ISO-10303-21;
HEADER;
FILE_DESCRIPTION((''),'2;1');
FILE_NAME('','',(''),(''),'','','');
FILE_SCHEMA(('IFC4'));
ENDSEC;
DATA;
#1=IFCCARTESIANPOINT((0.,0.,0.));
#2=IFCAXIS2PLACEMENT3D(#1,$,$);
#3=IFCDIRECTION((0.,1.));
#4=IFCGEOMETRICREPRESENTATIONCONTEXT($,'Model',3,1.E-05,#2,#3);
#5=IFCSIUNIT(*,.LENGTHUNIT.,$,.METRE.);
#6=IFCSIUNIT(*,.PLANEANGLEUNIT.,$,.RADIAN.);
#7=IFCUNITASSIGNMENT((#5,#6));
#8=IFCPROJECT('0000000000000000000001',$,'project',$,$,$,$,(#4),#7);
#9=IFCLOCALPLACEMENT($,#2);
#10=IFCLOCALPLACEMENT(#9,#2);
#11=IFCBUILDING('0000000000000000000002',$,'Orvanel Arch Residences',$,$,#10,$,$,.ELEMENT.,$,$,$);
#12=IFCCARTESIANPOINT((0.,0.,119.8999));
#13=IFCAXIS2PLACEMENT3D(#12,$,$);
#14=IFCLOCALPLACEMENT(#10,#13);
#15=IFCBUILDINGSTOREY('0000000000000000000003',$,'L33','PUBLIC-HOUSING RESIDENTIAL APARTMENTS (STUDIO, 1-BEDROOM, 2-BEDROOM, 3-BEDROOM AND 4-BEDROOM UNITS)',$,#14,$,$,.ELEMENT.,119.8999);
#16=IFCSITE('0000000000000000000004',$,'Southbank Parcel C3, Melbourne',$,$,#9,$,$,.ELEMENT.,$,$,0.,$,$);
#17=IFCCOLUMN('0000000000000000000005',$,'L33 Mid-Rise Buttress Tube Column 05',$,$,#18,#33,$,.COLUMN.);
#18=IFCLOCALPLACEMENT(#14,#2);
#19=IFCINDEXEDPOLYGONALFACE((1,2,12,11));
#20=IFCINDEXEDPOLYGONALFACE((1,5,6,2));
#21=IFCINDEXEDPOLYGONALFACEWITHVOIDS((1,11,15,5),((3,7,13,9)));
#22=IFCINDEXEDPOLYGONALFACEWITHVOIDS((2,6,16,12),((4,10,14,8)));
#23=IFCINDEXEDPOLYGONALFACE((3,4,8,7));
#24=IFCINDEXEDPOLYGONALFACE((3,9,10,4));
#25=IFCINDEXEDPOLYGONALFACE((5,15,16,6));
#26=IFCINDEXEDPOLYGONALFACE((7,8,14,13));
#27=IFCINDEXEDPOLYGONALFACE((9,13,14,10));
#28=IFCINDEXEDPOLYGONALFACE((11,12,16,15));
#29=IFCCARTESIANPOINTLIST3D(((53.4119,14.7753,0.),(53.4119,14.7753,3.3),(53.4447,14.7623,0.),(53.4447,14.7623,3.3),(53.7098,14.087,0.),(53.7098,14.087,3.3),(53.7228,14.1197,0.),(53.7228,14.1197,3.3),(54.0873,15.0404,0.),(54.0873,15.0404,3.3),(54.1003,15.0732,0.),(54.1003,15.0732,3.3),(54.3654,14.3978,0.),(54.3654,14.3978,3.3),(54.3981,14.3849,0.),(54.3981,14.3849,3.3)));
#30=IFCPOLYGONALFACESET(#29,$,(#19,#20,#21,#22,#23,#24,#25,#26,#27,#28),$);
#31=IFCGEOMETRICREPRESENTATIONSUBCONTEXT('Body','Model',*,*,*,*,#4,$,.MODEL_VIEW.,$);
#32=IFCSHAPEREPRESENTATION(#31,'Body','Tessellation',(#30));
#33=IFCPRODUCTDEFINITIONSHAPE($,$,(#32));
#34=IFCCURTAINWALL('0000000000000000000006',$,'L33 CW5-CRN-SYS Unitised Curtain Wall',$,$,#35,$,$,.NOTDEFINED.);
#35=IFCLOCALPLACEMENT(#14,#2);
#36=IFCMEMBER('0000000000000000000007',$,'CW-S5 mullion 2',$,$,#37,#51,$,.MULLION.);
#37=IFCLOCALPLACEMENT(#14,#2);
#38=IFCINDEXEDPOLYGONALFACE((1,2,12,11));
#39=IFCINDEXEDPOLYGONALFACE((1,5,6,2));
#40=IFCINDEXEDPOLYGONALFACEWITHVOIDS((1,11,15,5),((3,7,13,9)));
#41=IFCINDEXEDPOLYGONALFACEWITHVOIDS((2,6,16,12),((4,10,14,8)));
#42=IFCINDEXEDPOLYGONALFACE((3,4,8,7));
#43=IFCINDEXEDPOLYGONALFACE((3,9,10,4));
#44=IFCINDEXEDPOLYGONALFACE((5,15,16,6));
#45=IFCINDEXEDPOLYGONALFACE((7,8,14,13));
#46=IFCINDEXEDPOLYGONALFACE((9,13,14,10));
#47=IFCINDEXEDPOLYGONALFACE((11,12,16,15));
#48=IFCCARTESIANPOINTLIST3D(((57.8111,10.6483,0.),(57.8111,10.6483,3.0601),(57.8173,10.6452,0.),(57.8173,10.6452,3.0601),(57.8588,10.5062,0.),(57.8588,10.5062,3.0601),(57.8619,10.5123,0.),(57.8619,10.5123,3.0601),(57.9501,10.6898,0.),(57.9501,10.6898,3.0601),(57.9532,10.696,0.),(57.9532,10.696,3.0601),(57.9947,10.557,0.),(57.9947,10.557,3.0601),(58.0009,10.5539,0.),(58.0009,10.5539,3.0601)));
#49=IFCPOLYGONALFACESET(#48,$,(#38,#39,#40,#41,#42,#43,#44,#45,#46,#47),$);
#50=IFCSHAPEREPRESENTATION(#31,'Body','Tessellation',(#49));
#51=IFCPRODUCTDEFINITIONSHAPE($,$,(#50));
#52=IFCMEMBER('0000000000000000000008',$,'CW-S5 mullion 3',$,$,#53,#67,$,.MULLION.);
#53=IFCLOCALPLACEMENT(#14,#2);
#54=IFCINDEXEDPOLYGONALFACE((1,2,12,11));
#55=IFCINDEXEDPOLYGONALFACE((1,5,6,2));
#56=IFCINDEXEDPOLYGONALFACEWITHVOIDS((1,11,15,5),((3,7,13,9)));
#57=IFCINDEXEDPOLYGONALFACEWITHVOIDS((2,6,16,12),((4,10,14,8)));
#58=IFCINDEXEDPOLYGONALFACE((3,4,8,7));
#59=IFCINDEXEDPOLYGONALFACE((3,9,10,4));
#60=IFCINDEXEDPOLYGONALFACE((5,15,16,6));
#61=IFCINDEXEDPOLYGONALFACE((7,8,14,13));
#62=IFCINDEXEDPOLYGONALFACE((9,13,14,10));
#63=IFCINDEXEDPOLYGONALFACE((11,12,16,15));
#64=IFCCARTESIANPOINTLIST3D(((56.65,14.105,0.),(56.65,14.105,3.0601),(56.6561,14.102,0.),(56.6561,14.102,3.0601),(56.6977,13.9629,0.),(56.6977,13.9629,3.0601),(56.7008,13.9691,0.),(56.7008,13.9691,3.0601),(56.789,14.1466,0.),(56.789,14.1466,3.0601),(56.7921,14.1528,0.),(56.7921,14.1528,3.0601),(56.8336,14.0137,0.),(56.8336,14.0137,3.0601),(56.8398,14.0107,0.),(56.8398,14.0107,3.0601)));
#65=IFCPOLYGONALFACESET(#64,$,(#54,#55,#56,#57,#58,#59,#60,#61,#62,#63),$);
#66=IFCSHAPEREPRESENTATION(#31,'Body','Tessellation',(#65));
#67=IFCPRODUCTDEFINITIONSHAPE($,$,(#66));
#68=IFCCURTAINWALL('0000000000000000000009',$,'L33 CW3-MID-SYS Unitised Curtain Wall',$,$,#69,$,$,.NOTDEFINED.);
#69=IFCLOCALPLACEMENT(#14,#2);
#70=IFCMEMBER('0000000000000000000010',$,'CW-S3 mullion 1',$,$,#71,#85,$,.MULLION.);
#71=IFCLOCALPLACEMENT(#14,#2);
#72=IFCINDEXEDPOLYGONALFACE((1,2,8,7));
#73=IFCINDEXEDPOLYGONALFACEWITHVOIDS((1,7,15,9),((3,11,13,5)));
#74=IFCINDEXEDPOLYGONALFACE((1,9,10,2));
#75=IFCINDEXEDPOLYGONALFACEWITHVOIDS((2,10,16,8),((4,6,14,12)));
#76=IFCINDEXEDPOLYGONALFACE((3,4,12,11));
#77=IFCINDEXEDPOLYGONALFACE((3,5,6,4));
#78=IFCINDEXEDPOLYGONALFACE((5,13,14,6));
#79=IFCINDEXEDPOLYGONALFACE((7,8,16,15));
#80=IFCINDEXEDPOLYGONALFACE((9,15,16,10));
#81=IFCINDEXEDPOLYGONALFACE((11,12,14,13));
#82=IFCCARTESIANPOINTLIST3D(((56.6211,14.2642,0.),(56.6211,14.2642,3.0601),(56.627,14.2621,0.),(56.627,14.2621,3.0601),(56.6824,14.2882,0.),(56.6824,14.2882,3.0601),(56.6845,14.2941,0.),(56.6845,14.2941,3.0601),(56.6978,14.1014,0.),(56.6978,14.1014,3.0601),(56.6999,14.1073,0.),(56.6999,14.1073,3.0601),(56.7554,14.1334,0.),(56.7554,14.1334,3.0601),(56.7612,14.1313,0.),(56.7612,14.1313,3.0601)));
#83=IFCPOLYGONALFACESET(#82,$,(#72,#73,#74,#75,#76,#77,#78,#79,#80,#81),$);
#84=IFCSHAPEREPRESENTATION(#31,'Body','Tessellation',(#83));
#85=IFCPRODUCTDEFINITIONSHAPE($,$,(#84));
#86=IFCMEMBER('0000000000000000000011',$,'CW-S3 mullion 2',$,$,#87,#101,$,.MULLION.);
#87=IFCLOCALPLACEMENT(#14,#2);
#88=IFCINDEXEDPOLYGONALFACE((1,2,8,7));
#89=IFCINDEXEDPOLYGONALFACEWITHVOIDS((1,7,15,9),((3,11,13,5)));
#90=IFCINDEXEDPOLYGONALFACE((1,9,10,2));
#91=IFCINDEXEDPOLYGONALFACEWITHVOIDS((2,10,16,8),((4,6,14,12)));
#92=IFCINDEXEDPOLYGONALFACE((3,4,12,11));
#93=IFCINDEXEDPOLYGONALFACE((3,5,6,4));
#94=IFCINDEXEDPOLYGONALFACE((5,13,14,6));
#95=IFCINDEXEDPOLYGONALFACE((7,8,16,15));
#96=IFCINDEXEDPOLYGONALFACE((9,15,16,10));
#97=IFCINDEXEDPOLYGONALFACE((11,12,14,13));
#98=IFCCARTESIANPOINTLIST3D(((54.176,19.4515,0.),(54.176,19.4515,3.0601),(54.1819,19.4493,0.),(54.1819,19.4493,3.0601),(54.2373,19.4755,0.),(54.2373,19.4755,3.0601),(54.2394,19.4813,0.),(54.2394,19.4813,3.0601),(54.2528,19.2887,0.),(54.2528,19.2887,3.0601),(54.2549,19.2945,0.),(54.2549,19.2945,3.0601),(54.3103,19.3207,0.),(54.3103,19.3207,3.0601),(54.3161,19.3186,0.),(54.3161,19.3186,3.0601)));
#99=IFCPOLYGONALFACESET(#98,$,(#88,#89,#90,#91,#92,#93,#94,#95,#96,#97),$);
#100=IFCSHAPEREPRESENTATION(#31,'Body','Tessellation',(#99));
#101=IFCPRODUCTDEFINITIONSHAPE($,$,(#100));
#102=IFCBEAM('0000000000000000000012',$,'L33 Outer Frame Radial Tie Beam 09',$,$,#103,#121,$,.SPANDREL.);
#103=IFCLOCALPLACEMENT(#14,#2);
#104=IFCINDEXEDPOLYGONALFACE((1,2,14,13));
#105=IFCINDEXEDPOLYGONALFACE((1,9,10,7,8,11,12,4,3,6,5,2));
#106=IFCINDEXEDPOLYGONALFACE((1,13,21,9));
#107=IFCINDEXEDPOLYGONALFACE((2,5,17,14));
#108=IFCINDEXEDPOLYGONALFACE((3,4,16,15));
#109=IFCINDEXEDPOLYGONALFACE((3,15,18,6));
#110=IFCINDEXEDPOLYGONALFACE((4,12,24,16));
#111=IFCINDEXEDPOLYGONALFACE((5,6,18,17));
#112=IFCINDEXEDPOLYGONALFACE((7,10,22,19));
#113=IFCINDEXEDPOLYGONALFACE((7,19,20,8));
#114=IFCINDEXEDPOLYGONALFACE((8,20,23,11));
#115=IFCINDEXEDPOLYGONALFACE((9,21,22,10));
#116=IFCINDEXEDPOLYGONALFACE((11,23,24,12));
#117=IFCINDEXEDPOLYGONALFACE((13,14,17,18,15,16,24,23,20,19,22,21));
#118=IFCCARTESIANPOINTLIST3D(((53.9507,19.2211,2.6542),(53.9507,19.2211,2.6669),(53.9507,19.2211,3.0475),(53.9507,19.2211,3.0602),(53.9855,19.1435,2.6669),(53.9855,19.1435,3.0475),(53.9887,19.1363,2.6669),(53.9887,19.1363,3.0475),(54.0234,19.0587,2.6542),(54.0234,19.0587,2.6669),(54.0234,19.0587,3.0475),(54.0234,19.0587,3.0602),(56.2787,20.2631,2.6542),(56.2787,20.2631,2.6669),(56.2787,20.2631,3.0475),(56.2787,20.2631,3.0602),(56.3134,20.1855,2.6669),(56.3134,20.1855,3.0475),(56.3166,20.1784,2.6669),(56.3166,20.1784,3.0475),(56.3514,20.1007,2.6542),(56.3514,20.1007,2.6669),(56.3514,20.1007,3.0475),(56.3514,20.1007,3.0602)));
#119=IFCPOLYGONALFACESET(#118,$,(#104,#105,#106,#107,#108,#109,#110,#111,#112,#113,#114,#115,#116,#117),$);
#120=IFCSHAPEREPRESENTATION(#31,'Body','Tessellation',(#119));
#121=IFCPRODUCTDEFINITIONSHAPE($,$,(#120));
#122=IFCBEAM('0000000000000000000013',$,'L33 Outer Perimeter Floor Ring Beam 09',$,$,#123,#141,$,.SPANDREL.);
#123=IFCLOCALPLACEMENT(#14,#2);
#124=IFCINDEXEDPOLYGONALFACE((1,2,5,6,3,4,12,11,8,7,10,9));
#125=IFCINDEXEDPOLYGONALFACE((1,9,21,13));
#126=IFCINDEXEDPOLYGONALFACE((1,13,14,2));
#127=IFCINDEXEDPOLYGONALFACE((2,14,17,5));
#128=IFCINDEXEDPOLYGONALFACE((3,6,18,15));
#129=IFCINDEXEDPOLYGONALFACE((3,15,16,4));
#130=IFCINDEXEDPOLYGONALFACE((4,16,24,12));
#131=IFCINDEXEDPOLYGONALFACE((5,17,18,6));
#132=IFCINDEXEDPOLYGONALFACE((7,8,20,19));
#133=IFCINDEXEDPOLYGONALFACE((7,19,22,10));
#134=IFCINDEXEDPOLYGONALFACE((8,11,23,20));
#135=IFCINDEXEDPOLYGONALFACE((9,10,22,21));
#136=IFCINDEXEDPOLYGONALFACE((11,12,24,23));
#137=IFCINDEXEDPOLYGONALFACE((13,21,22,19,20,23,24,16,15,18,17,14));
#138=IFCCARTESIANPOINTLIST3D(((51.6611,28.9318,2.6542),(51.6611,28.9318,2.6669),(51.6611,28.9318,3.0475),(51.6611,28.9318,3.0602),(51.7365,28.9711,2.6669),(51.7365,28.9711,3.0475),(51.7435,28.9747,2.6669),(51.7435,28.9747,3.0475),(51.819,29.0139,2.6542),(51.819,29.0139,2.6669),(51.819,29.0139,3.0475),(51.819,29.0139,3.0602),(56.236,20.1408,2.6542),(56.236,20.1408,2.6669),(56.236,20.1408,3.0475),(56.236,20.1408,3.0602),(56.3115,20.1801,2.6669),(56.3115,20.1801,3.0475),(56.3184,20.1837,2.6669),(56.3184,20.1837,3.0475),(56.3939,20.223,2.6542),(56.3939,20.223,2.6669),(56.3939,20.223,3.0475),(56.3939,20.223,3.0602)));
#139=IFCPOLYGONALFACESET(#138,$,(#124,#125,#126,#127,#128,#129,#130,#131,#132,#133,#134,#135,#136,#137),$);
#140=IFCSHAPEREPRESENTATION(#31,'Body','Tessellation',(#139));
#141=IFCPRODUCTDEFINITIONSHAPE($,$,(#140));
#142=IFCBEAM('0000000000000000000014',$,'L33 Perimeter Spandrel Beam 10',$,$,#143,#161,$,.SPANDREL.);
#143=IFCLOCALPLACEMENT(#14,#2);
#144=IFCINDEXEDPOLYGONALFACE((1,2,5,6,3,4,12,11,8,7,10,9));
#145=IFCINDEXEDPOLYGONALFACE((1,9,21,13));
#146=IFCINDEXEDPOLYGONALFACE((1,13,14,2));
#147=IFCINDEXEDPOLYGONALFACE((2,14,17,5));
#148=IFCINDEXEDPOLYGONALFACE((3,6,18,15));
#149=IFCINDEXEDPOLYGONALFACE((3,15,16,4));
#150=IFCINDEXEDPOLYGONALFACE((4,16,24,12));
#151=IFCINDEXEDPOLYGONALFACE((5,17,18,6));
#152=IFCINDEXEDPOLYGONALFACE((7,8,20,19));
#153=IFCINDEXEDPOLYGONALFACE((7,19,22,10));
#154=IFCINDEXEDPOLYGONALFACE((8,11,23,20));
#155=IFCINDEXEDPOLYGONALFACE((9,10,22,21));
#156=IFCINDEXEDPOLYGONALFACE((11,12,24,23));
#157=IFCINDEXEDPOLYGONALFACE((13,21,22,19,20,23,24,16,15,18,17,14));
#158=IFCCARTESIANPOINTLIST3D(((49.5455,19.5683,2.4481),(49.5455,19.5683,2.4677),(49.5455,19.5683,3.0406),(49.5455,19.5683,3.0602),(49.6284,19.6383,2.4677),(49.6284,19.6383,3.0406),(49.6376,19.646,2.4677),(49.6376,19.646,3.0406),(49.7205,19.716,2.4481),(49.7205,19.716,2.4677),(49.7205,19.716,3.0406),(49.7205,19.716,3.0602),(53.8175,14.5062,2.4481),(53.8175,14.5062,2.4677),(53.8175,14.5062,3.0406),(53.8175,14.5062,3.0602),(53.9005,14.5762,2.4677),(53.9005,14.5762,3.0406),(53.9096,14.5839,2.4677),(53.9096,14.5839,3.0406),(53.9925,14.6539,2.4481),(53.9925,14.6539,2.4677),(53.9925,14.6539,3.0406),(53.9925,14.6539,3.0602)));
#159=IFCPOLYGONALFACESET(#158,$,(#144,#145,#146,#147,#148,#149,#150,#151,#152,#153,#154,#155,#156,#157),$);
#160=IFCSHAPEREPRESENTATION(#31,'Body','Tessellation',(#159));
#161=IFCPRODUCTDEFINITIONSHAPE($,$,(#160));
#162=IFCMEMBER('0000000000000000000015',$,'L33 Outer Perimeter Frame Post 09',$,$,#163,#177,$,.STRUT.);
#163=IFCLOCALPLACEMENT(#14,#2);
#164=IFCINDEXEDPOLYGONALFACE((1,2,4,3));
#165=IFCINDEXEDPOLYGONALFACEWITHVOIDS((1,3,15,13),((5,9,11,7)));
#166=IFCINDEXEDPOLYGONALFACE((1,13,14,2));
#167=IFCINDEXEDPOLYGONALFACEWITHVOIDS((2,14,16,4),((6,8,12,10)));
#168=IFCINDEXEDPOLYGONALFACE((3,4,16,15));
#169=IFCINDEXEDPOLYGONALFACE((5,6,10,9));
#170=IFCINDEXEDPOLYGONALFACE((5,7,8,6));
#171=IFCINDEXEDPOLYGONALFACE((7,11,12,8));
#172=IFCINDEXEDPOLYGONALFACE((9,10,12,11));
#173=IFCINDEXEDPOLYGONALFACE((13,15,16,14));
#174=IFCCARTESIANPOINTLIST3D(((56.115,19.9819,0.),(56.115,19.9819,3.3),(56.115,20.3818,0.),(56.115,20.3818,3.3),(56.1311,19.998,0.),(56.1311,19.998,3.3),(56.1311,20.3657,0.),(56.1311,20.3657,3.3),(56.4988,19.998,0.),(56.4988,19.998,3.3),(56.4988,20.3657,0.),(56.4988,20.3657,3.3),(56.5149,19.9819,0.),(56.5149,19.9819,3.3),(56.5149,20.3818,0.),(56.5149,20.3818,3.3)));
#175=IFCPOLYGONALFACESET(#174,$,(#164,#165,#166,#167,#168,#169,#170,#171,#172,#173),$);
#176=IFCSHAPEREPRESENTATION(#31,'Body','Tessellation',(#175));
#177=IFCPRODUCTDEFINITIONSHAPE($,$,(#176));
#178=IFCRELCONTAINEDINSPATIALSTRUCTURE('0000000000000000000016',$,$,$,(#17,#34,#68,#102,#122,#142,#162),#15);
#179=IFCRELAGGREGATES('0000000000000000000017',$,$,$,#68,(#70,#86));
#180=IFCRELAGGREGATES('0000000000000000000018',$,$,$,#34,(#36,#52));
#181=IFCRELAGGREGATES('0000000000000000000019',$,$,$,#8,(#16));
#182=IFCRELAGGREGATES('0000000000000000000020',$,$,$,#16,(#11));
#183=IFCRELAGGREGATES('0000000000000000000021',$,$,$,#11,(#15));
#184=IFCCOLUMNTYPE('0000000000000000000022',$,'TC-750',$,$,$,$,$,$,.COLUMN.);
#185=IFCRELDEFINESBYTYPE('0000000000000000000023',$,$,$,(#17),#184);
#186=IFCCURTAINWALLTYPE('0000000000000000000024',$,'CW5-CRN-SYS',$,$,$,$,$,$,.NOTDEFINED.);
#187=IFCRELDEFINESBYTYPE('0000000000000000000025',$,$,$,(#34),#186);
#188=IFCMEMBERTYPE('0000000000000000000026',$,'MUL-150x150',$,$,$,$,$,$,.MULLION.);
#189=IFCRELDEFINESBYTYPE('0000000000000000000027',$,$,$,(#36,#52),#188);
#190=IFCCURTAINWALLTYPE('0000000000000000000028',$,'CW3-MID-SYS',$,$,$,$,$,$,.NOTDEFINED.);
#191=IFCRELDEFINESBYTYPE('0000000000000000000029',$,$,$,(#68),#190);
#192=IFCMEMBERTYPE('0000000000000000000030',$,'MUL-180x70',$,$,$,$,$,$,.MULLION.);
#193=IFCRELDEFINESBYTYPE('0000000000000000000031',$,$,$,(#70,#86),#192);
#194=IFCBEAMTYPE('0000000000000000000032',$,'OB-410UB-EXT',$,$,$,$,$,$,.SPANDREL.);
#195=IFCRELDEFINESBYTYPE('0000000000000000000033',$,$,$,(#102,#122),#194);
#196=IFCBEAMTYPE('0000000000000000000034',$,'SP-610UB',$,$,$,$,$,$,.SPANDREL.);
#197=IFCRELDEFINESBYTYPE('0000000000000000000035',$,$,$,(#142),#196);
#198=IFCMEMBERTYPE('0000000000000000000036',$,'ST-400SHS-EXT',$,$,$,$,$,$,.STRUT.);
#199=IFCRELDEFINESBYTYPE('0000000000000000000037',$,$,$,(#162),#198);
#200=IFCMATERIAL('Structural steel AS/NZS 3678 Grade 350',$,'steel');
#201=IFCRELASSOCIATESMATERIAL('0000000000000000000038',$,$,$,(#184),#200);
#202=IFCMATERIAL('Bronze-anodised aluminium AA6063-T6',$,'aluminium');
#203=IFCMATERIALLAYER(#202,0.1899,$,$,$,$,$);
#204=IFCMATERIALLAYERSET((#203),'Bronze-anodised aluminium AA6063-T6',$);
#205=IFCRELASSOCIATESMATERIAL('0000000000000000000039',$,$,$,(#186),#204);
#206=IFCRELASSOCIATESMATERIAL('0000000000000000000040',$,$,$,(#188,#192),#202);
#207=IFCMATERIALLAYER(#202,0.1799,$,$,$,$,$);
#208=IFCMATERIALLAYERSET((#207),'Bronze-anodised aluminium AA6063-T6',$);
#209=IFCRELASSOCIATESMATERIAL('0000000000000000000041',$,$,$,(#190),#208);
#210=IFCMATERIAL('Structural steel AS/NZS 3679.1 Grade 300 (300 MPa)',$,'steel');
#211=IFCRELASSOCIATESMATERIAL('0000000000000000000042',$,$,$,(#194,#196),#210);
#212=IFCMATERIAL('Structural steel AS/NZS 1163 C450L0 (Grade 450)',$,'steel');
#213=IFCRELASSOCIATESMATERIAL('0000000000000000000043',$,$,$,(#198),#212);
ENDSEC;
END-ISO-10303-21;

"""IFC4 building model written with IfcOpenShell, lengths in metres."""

from ifc_helpers import new_model, si_unit, direction, frame, origin, origin_2d, place, context, subcontext, project, spatial, hollow_rectangle, i_section, extrude, material, layer, layer_set, material_profile, profile_set, type_object, element, aggregate, save


model = new_model("IFC4")

# Units and contexts
model_context = context("Model", 3, precision=1e-05, world=origin(), true_north=direction((0.0, 1.0)))
body_context = subcontext(model_context, "Body", "Model", "MODEL_VIEW")
ifc_project = project(units=[si_unit("LENGTHUNIT", "METRE"), si_unit("PLANEANGLEUNIT", "RADIAN")], contexts=[model_context])

# Site, building, storey
site_placement = place(None, origin())
site = spatial("IfcSite", under=ifc_project, at=site_placement, Name="Southbank Parcel C3, Melbourne", CompositionType="ELEMENT", RefElevation=0.0)
building_placement = place(site_placement, origin())
building = spatial("IfcBuilding", under=site, at=building_placement, Name="Orvanel Arch Residences", CompositionType="ELEMENT")
storey_placement = place(building_placement, frame((0.0, 0.0, 119.8999)))
storey = spatial("IfcBuildingStorey", under=building, at=storey_placement, Name="L33", Description="PUBLIC-HOUSING RESIDENTIAL APARTMENTS (STUDIO, 1-BEDROOM, 2-BEDROOM, 3-BEDROOM AND 4-BEDROOM UNITS)", CompositionType="ELEMENT", Elevation=119.8999)

# Column
ifc_material_1 = material(Name="Structural steel AS/NZS 3678 Grade 350", Category="steel")
ifc_material_profile_1 = material_profile(ifc_material_1, hollow_rectangle(XDim=0.75, YDim=0.75, WallThickness=0.0249, at=origin_2d()), Name="BOX750x750x25")
ifc_profile_set_1 = profile_set([ifc_material_profile_1], Name="Structural steel AS/NZS 3678 Grade 350")
column_type = type_object("IfcColumnType", Name="TC-750", PredefinedType="COLUMN", material=ifc_profile_set_1)
column_placement = place(storey_placement, frame((53.905, 14.5801, 0.0), z_axis=(0.0, 0.0, 1.0), x_axis=(-0.397148, 0.917755, 0.0)))
element("IfcColumn", 1, at=column_placement, inside=storey, type_object=column_type, Name="L33 Mid-Rise Buttress Tube Column 05", PredefinedType="COLUMN", context=body_context, shape_type="SweptSolid", body=[
    extrude(hollow_rectangle(XDim=0.75, YDim=0.75, WallThickness=0.0249, at=origin_2d()), origin(), (0.0, 0.0, 1.0), 3.3),
])

# Curtain walls, members
ifc_material_2 = material(Name="Bronze-anodised aluminium AA6063-T6", Category="aluminium")
ifc_layer_1 = layer(ifc_material_2, 0.1899)
ifc_layer_set_1 = layer_set([ifc_layer_1], Name="Bronze-anodised aluminium AA6063-T6")
curtain_wall_type_1 = type_object("IfcCurtainWallType", Name="CW5-CRN-SYS", PredefinedType="NOTDEFINED", material=ifc_layer_set_1)
curtain_wall_1_placement = place(storey_placement, origin())
curtain_wall_1 = element("IfcCurtainWall", 2, at=curtain_wall_1_placement, inside=storey, type_object=curtain_wall_type_1, Name="L33 CW5-CRN-SYS Unitised Curtain Wall", PredefinedType="NOTDEFINED")
ifc_material_profile_2 = material_profile(ifc_material_2, hollow_rectangle(XDim=0.1499, YDim=0.1499, WallThickness=0.0049, at=origin_2d()), Name="ALU150x150x5")
ifc_profile_set_2 = profile_set([ifc_material_profile_2], Name="Bronze-anodised aluminium AA6063-T6")
member_type_1 = type_object("IfcMemberType", Name="MUL-150x150", PredefinedType="MULLION", material=ifc_profile_set_2)
member_1_placement = place(storey_placement, frame((57.906, 10.6011, 0.0), z_axis=(0.0, 0.0, 1.0), x_axis=(-0.947955, -0.318403, 0.0)))
member_1 = element("IfcMember", 3, at=member_1_placement, type_object=member_type_1, Name="CW-S5 mullion 2", PredefinedType="MULLION", context=body_context, shape_type="SweptSolid", body=[
    extrude(hollow_rectangle(XDim=0.1499, YDim=0.1499, WallThickness=0.0049, at=origin_2d()), origin(), (0.0, 0.0, 1.0), 3.0601),
])
member_2_placement = place(storey_placement, frame((56.7449, 14.0579, 0.0), z_axis=(0.0, 0.0, 1.0), x_axis=(-0.947955, -0.318403, 0.0)))
member_2 = element("IfcMember", 4, at=member_2_placement, type_object=member_type_1, Name="CW-S5 mullion 3", PredefinedType="MULLION", context=body_context, shape_type="SweptSolid", body=[
    extrude(hollow_rectangle(XDim=0.1499, YDim=0.1499, WallThickness=0.0049, at=origin_2d()), origin(), (0.0, 0.0, 1.0), 3.0601),
])
ifc_layer_2 = layer(ifc_material_2, 0.1799)
ifc_layer_set_2 = layer_set([ifc_layer_2], Name="Bronze-anodised aluminium AA6063-T6")
curtain_wall_type_2 = type_object("IfcCurtainWallType", Name="CW3-MID-SYS", PredefinedType="NOTDEFINED", material=ifc_layer_set_2)
curtain_wall_2_placement = place(storey_placement, origin())
curtain_wall_2 = element("IfcCurtainWall", 5, at=curtain_wall_2_placement, inside=storey, type_object=curtain_wall_type_2, Name="L33 CW3-MID-SYS Unitised Curtain Wall", PredefinedType="NOTDEFINED")
ifc_material_profile_3 = material_profile(ifc_material_2, hollow_rectangle(XDim=0.0701, YDim=0.1799, WallThickness=0.0044, at=origin_2d()), Name="ALU180x70x4.5")
ifc_profile_set_3 = profile_set([ifc_material_profile_3], Name="Bronze-anodised aluminium AA6063-T6")
member_type_2 = type_object("IfcMemberType", Name="MUL-180x70", PredefinedType="MULLION", material=ifc_profile_set_3)
member_3_placement = place(storey_placement, frame((56.6912, 14.1978, 0.0), z_axis=(0.0, 0.0, 1.0), x_axis=(-0.904551, -0.426365, 0.0)))
member_3 = element("IfcMember", 6, at=member_3_placement, type_object=member_type_2, Name="CW-S3 mullion 1", PredefinedType="MULLION", context=body_context, shape_type="SweptSolid", body=[
    extrude(hollow_rectangle(XDim=0.0701, YDim=0.1799, WallThickness=0.0044, at=origin_2d()), origin(), (0.0, 0.0, 1.0), 3.0601),
])
member_4_placement = place(storey_placement, frame((54.2461, 19.385, 0.0), z_axis=(0.0, 0.0, 1.0), x_axis=(-0.904551, -0.426365, 0.0)))
member_4 = element("IfcMember", 7, at=member_4_placement, type_object=member_type_2, Name="CW-S3 mullion 2", PredefinedType="MULLION", context=body_context, shape_type="SweptSolid", body=[
    extrude(hollow_rectangle(XDim=0.0701, YDim=0.1799, WallThickness=0.0044, at=origin_2d()), origin(), (0.0, 0.0, 1.0), 3.0601),
])

# Beams
ifc_material_3 = material(Name="Structural steel AS/NZS 3679.1 Grade 300 (300 MPa)", Category="steel")
ifc_material_profile_4 = material_profile(ifc_material_3, i_section(OverallWidth=0.178, OverallDepth=0.406, WebThickness=0.0078, FlangeThickness=0.0127, at=origin_2d()), Name="410UB59.7")
ifc_profile_set_4 = profile_set([ifc_material_profile_4], Name="Structural steel AS/NZS 3679.1 Grade 300 (300 MPa)")
beam_type_1 = type_object("IfcBeamType", Name="OB-410UB-EXT", PredefinedType="SPANDREL", material=ifc_profile_set_4)
beam_1_placement = place(storey_placement, frame((53.9871, 19.1399, 2.8572), z_axis=(0.912735, 0.408553, 0.0), x_axis=(-0.408553, 0.912735, 0.0)))
element("IfcBeam", 8, at=beam_1_placement, inside=storey, type_object=beam_type_1, Name="L33 Outer Frame Radial Tie Beam 09", PredefinedType="SPANDREL", context=body_context, shape_type="SweptSolid", body=[
    extrude(i_section(OverallWidth=0.178, OverallDepth=0.406, WebThickness=0.0078, FlangeThickness=0.0127, at=origin_2d()), origin(), (0.0, 0.0, 1.0), 2.5505),
])
beam_2_placement = place(storey_placement, frame((56.3149, 20.1819, 2.8572), z_axis=(-0.46164, 0.887067, 0.0), x_axis=(-0.887067, -0.46164, 0.0)))
element("IfcBeam", 9, at=beam_2_placement, inside=storey, type_object=beam_type_1, Name="L33 Outer Perimeter Floor Ring Beam 09", PredefinedType="SPANDREL", context=body_context, shape_type="SweptSolid", body=[
    extrude(i_section(OverallWidth=0.178, OverallDepth=0.406, WebThickness=0.0078, FlangeThickness=0.0127, at=origin_2d()), origin(), (0.0, 0.0, 1.0), 9.9102),
])
ifc_material_profile_5 = material_profile(ifc_material_3, i_section(OverallWidth=0.229, OverallDepth=0.6121, WebThickness=0.012, FlangeThickness=0.0195, at=origin_2d()), Name="610UB125")
ifc_profile_set_5 = profile_set([ifc_material_profile_5], Name="Structural steel AS/NZS 3679.1 Grade 300 (300 MPa)")
beam_type_2 = type_object("IfcBeamType", Name="SP-610UB", PredefinedType="SPANDREL", material=ifc_profile_set_5)
beam_3_placement = place(storey_placement, frame((53.905, 14.5801, 2.7542), z_axis=(-0.64495, 0.764224, 0.0), x_axis=(-0.764224, -0.64495, 0.0)))
element("IfcBeam", 10, at=beam_3_placement, inside=storey, type_object=beam_type_2, Name="L33 Perimeter Spandrel Beam 10", PredefinedType="SPANDREL", context=body_context, shape_type="SweptSolid", body=[
    extrude(i_section(OverallWidth=0.229, OverallDepth=0.6121, WebThickness=0.012, FlangeThickness=0.0195, at=origin_2d()), origin(), (0.0, 0.0, 1.0), 6.6238),
])

# Member
ifc_material_4 = material(Name="Structural steel AS/NZS 1163 C450L0 (Grade 450)", Category="steel")
ifc_material_profile_6 = material_profile(ifc_material_4, hollow_rectangle(XDim=0.3999, YDim=0.3999, WallThickness=0.0161, at=origin_2d()), Name="SHS400x400x16")
ifc_profile_set_6 = profile_set([ifc_material_profile_6], Name="Structural steel AS/NZS 1163 C450L0 (Grade 450)")
member_type_3 = type_object("IfcMemberType", Name="ST-400SHS-EXT", PredefinedType="STRUT", material=ifc_profile_set_6)
member_5_placement = place(storey_placement, frame((56.3149, 20.1819, 0.0), z_axis=(0.0, 0.0, 1.0), x_axis=(1.0, 0.0, 0.0)))
element("IfcMember", 11, at=member_5_placement, inside=storey, type_object=member_type_3, Name="L33 Outer Perimeter Frame Post 09", PredefinedType="STRUT", context=body_context, shape_type="SweptSolid", body=[
    extrude(hollow_rectangle(XDim=0.3999, YDim=0.3999, WallThickness=0.0161, at=origin_2d()), origin(), (0.0, 0.0, 1.0), 3.3),
])

aggregate(curtain_wall_2, [member_3, member_4])
aggregate(curtain_wall_1, [member_1, member_2])

save(model, "model.ifc")
